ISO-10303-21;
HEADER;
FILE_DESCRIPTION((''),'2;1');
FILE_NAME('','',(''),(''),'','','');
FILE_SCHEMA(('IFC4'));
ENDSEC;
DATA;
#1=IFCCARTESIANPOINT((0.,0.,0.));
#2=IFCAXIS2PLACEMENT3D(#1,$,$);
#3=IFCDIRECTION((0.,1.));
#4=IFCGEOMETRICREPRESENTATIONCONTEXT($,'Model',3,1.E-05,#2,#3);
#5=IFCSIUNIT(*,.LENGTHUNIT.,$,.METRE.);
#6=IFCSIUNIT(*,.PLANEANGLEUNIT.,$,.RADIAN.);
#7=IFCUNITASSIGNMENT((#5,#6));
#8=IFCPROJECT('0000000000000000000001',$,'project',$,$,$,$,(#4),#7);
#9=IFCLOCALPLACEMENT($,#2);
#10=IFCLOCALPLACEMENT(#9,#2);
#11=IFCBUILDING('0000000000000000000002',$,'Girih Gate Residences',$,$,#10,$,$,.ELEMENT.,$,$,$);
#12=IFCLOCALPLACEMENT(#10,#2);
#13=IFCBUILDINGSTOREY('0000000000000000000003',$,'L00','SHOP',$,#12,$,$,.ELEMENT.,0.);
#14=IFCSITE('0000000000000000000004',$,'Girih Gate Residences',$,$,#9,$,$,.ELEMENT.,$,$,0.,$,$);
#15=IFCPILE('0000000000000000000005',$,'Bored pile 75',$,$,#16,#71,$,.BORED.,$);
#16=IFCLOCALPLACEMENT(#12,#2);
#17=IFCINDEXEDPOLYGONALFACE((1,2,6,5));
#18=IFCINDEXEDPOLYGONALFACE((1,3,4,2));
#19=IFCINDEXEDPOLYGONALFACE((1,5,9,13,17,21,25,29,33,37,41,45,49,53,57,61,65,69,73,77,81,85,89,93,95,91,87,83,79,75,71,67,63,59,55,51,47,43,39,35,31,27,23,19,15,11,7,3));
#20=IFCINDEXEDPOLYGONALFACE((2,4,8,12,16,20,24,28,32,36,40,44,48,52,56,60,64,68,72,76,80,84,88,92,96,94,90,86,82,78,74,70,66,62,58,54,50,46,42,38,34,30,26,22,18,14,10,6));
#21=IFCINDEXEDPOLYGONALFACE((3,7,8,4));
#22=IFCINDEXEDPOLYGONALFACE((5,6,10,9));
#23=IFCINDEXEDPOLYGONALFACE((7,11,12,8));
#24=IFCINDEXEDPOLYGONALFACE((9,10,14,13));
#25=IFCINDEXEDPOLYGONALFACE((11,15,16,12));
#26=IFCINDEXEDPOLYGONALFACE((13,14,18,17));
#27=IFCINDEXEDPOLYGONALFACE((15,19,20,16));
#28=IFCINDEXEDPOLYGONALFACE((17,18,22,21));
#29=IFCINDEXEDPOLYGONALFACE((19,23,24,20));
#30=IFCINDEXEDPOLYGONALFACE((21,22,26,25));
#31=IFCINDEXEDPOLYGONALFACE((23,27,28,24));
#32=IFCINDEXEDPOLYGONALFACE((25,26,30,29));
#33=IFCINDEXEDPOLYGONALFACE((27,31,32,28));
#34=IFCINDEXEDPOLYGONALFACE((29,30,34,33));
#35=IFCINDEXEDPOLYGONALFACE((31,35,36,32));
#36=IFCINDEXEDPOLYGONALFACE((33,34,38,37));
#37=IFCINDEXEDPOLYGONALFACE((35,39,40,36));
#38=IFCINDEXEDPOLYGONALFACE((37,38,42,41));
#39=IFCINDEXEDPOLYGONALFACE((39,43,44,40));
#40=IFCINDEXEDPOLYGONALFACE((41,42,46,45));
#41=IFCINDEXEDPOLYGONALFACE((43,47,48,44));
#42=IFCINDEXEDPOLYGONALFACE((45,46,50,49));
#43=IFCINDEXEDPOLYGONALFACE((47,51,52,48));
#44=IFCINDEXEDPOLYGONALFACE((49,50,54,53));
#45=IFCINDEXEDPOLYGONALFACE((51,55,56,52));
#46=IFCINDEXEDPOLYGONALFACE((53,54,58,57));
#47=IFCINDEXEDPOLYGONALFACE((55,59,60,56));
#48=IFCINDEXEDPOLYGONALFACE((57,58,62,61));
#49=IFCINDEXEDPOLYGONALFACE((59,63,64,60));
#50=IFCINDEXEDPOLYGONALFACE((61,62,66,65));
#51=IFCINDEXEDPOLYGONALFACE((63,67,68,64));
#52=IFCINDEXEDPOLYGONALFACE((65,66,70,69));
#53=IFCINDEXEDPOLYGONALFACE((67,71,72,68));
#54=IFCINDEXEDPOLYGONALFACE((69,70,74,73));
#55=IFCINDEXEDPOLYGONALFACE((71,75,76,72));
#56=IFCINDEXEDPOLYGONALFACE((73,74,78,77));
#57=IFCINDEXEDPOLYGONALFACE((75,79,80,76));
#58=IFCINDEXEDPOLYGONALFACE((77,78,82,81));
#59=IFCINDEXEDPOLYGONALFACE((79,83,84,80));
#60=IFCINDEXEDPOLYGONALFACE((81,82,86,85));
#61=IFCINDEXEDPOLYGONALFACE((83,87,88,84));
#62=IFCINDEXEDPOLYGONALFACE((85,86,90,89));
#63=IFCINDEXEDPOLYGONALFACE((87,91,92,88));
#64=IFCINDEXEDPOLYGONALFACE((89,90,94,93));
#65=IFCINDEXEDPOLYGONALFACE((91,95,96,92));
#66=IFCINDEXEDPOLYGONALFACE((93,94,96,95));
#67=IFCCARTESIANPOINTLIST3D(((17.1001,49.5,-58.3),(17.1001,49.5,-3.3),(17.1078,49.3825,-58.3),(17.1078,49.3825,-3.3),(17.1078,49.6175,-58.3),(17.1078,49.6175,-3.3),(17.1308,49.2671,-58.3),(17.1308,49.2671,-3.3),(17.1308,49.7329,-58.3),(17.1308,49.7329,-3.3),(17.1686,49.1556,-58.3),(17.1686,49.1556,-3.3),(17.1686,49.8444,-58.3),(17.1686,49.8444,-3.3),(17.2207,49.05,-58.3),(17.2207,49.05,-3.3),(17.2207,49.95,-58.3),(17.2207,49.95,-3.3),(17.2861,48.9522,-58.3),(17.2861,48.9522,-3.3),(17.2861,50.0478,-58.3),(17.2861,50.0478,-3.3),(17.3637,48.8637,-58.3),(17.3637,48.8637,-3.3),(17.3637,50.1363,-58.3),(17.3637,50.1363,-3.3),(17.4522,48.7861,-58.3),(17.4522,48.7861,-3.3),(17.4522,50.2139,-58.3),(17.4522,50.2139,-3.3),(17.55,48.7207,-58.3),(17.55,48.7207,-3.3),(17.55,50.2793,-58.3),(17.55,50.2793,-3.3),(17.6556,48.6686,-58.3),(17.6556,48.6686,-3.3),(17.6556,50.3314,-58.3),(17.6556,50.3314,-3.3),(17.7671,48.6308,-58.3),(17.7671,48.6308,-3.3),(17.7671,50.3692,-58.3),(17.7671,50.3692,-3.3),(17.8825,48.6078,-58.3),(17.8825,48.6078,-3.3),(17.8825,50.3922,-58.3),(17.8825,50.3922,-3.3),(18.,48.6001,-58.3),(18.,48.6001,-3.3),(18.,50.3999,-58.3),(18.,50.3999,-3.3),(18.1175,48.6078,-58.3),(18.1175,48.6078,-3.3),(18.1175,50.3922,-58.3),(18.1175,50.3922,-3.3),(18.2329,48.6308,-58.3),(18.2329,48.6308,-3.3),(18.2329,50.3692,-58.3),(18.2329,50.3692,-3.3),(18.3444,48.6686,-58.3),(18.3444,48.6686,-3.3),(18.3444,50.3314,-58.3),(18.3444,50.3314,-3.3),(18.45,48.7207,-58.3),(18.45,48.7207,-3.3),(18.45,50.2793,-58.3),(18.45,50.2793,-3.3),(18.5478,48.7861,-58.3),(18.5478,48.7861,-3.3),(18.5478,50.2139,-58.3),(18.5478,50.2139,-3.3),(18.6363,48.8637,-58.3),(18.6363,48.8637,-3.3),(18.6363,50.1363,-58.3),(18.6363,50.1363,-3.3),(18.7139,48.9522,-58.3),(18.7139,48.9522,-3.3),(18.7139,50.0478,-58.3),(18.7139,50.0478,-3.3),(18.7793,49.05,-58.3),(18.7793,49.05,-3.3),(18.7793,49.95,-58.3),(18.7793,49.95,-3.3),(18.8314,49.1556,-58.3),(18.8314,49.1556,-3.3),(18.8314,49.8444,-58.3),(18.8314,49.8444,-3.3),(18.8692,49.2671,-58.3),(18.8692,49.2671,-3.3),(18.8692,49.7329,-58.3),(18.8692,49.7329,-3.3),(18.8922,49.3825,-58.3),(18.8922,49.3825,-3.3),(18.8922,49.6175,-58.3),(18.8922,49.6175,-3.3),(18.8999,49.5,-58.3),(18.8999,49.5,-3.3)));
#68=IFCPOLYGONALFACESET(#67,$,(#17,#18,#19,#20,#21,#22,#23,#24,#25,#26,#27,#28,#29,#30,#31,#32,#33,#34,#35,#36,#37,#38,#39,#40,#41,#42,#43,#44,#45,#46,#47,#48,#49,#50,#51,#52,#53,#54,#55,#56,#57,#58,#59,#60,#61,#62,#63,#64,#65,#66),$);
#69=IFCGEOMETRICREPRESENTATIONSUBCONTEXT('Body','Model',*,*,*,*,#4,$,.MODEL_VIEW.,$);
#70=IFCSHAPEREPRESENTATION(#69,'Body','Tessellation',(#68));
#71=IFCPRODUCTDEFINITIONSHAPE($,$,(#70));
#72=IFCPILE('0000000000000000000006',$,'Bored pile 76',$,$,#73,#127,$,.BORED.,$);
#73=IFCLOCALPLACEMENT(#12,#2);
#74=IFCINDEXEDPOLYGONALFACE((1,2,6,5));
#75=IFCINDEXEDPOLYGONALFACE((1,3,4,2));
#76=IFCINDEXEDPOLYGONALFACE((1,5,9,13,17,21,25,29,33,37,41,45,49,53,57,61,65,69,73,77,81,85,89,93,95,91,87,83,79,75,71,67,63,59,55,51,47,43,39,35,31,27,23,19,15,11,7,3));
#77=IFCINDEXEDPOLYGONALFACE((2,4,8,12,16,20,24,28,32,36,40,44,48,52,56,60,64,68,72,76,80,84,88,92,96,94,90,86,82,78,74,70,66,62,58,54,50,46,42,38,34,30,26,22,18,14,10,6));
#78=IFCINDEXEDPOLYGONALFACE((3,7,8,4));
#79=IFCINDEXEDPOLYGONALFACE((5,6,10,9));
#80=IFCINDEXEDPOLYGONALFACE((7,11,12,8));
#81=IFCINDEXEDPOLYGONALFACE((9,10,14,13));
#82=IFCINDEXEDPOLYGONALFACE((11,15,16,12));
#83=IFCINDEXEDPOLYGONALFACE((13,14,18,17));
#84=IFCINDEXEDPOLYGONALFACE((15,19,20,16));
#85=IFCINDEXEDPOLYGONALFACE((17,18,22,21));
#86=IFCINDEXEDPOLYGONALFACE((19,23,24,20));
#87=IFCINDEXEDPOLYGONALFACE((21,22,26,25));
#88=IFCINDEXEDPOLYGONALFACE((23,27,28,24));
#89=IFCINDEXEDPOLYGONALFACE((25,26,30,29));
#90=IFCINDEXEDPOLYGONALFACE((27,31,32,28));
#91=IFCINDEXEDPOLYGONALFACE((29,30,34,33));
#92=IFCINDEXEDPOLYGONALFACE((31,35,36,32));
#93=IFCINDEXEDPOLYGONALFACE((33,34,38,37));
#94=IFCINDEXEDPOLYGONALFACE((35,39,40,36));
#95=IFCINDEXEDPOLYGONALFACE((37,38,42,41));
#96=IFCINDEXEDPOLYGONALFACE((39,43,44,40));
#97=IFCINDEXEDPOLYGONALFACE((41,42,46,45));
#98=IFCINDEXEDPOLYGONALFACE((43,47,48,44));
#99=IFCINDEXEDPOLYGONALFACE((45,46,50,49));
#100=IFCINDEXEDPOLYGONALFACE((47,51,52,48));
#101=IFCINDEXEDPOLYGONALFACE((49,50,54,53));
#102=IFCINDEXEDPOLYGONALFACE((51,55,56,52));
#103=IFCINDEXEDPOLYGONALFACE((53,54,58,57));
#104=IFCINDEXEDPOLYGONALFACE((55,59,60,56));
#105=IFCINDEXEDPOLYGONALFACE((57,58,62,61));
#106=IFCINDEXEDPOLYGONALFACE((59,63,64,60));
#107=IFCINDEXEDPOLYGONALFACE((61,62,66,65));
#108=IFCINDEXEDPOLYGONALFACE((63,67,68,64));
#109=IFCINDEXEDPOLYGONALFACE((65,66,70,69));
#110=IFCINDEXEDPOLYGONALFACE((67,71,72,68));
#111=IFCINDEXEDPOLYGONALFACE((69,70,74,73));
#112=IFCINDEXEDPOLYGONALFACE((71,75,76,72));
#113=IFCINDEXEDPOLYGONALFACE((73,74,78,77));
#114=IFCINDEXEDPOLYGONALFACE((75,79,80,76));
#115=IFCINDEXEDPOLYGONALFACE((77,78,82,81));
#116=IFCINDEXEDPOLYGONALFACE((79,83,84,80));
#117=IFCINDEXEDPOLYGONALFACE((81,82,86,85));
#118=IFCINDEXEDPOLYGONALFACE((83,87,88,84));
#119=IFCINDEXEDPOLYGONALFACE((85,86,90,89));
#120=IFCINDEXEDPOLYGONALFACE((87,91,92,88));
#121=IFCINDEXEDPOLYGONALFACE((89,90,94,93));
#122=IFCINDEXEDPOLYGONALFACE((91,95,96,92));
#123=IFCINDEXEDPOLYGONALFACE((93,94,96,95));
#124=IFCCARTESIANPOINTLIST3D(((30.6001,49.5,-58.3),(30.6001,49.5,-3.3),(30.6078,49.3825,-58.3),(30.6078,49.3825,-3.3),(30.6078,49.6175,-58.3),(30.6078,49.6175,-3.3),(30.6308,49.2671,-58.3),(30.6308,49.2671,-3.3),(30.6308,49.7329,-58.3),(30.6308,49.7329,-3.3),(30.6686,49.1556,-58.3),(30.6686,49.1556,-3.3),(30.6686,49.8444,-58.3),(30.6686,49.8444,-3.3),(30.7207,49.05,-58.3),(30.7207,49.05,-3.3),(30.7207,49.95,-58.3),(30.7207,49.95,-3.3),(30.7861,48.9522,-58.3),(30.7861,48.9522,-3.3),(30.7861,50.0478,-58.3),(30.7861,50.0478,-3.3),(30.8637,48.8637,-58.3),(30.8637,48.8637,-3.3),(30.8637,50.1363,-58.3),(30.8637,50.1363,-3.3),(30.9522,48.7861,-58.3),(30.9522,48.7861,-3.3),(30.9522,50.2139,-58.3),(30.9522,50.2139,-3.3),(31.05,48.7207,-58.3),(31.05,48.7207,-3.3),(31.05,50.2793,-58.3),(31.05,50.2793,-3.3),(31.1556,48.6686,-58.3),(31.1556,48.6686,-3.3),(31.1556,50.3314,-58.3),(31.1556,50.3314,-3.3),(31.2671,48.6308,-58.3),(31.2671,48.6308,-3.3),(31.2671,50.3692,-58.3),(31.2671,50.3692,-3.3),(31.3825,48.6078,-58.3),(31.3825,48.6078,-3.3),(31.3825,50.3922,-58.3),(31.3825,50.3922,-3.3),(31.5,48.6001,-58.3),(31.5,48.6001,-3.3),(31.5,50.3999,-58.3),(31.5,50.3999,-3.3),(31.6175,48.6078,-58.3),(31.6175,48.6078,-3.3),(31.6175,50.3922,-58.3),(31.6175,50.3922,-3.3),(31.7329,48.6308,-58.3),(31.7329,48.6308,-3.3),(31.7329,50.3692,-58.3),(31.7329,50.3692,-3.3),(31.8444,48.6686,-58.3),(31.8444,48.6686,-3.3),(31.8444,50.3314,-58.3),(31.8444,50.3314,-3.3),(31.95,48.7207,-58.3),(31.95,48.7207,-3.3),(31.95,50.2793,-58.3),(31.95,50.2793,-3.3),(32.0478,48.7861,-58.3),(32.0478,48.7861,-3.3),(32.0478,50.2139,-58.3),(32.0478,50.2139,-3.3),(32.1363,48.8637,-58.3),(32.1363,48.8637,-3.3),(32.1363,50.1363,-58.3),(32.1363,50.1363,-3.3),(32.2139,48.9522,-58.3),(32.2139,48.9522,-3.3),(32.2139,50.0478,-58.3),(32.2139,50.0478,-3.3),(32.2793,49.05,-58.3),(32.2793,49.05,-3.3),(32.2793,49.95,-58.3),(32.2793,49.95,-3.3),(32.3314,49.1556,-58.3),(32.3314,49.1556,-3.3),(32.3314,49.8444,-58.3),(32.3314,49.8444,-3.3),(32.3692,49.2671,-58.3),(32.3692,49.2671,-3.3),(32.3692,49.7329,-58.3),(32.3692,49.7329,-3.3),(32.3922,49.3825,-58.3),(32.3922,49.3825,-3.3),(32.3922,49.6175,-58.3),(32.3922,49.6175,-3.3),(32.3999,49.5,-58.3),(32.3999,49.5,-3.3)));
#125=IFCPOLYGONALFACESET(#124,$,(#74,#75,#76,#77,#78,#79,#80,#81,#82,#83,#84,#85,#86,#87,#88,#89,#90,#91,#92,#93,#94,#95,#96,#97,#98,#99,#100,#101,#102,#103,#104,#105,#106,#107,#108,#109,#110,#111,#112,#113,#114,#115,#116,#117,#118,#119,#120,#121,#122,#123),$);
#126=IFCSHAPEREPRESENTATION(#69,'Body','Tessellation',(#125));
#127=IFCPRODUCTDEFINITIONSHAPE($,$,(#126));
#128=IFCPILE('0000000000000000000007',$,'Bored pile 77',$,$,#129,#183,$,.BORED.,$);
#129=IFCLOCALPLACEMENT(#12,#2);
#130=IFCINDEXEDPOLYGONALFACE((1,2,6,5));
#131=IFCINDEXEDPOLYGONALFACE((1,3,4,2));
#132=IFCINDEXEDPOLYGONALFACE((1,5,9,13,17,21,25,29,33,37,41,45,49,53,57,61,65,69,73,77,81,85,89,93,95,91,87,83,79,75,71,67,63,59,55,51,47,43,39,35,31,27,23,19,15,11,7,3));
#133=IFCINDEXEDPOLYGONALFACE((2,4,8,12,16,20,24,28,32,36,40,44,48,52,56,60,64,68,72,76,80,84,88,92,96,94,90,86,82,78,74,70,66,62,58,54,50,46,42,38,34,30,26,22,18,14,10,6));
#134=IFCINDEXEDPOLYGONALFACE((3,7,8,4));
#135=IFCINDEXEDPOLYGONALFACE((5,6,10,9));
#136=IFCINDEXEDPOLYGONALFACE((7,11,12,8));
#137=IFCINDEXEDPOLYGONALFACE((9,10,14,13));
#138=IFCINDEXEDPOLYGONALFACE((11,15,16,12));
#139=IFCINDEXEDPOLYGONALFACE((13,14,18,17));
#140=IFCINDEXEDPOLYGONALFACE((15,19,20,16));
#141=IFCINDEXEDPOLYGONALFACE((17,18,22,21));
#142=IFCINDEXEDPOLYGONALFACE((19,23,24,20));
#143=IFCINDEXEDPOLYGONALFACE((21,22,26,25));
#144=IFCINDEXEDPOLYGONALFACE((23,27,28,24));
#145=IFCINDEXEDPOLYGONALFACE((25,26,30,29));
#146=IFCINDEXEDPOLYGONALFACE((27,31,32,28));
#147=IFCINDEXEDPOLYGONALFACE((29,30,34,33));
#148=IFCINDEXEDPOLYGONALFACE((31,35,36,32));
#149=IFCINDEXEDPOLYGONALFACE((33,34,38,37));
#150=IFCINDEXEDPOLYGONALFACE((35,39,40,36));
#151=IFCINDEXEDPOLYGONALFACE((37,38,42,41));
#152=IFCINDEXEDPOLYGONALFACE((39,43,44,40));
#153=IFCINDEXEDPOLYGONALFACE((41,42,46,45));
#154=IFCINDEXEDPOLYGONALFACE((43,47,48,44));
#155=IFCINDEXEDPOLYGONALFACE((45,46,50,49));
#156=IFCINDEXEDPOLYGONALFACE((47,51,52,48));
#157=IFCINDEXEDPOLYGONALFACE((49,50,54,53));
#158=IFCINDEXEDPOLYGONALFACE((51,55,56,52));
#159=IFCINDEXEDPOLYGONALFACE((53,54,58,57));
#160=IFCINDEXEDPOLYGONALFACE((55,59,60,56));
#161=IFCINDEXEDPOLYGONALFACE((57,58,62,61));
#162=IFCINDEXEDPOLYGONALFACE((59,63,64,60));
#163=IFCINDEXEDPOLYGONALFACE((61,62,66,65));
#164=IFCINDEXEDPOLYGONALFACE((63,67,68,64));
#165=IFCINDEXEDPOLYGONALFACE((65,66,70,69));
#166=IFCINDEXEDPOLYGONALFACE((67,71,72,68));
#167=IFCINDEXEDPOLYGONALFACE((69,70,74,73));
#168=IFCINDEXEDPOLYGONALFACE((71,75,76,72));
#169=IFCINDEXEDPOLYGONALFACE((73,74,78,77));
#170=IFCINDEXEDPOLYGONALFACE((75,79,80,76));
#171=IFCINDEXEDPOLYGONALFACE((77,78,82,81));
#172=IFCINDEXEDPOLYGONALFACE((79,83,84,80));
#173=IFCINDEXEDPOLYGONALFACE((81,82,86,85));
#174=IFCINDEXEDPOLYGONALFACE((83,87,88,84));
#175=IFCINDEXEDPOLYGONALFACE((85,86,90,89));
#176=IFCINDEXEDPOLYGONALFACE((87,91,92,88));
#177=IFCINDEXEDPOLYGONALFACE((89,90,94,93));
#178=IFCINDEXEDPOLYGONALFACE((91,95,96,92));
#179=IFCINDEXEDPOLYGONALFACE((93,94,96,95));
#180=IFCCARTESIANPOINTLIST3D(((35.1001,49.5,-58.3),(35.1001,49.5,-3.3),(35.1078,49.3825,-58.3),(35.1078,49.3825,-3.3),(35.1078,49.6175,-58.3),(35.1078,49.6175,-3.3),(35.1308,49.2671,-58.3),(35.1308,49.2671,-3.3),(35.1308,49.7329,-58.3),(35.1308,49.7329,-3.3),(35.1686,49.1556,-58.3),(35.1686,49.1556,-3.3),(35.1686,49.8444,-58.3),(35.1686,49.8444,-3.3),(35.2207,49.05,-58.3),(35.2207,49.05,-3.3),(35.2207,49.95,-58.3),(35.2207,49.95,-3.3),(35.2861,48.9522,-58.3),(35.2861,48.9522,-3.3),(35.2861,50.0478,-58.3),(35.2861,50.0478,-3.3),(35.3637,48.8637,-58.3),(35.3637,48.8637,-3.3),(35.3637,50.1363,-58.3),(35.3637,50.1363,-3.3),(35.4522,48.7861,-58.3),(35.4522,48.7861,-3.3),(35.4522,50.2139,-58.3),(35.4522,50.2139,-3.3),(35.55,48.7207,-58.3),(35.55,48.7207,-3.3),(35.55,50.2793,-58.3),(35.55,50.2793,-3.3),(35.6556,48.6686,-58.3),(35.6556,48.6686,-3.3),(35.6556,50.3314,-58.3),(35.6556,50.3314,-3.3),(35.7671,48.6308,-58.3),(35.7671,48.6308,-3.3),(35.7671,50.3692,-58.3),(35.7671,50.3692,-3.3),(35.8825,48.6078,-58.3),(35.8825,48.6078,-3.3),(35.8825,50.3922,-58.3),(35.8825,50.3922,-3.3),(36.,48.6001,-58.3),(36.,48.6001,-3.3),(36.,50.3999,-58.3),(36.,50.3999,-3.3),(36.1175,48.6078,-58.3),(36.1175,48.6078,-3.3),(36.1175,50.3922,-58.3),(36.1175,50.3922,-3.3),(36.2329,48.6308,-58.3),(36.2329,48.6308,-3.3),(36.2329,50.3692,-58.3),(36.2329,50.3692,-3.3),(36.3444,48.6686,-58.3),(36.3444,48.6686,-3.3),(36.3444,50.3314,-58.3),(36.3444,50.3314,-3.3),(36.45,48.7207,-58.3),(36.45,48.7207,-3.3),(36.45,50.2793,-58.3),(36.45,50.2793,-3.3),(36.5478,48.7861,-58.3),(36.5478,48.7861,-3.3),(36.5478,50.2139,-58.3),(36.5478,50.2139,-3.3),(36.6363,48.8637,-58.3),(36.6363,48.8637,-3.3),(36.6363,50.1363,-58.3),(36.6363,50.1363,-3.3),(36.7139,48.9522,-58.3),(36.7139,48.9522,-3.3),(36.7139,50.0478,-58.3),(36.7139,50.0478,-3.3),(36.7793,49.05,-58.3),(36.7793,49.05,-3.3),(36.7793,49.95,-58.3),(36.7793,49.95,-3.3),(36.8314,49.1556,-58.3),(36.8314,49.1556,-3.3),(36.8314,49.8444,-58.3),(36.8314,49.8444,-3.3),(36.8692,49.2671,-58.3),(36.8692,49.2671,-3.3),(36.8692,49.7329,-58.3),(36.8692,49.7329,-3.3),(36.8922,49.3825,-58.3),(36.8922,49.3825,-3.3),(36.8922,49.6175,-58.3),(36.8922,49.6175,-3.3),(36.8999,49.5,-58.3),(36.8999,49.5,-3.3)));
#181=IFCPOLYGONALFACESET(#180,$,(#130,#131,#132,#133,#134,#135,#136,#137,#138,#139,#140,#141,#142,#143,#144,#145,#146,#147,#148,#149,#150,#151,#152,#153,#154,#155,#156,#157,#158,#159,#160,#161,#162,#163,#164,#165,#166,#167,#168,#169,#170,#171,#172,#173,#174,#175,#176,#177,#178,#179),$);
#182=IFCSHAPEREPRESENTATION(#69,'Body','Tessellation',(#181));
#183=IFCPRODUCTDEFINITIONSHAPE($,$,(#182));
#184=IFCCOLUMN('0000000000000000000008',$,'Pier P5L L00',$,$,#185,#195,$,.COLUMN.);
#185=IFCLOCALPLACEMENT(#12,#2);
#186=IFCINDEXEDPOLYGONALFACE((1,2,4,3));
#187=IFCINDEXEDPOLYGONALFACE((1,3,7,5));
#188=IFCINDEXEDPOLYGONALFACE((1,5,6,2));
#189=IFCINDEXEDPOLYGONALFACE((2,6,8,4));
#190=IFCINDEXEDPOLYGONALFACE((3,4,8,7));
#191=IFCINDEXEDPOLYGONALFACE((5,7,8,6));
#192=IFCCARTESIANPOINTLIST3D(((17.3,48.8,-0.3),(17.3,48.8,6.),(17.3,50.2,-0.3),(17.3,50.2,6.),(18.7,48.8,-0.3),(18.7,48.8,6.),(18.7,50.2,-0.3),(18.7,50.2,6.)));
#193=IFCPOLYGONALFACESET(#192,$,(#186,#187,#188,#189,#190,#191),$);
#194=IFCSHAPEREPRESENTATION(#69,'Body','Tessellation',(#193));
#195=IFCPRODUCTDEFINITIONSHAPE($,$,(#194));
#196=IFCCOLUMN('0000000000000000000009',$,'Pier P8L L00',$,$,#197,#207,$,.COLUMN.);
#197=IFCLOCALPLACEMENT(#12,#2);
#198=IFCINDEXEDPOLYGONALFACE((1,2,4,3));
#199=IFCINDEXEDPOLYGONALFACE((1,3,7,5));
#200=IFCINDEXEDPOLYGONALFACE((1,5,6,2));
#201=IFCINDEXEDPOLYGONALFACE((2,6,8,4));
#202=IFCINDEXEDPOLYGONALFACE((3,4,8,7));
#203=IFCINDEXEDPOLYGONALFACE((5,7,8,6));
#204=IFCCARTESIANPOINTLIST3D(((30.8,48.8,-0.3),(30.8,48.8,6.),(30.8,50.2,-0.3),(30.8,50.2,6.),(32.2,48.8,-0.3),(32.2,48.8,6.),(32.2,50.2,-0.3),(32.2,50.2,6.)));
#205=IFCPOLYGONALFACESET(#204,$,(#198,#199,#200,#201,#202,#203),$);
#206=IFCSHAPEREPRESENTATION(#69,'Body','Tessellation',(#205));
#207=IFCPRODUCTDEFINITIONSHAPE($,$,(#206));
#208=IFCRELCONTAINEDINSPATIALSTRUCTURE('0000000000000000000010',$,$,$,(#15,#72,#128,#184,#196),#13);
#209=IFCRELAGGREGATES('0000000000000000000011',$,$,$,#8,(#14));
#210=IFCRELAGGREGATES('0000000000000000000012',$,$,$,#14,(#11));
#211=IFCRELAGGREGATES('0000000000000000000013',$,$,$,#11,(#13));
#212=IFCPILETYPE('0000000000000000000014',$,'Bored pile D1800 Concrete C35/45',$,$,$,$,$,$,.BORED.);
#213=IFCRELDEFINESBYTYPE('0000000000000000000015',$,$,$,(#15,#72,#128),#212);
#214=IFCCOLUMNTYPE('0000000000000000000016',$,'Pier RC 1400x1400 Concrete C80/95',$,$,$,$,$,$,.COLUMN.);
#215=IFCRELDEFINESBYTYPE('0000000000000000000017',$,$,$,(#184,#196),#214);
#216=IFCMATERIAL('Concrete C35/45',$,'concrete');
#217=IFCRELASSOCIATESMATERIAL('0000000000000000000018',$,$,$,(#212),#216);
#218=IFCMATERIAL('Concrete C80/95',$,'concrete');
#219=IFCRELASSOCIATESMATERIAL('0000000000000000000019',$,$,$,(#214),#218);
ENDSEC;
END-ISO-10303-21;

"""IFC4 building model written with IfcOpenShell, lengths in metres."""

from ifc_helpers import new_model, si_unit, direction, frame, origin, origin_2d, place, context, subcontext, project, spatial, rectangle, circle, extrude, material, material_profile, profile_set, type_object, element, save


model = new_model("IFC4")

# Units and contexts
model_context = context("Model", 3, precision=1e-05, world=origin(), true_north=direction((0.0, 1.0)))
body_context = subcontext(model_context, "Body", "Model", "MODEL_VIEW")
ifc_project = project(units=[si_unit("LENGTHUNIT", "METRE"), si_unit("PLANEANGLEUNIT", "RADIAN")], contexts=[model_context])

# Site, building, storey
site_placement = place(None, origin())
site = spatial("IfcSite", under=ifc_project, at=site_placement, Name="Girih Gate Residences", CompositionType="ELEMENT", RefElevation=0.0)
building_placement = place(site_placement, origin())
building = spatial("IfcBuilding", under=site, at=building_placement, Name="Girih Gate Residences", CompositionType="ELEMENT")
storey_placement = place(building_placement, origin())
storey = spatial("IfcBuildingStorey", under=building, at=storey_placement, Name="L00", Description="SHOP", CompositionType="ELEMENT", Elevation=0.0)

# Piles
ifc_material_1 = material(Name="Concrete C35/45", Category="concrete")
ifc_material_profile_1 = material_profile(ifc_material_1, circle(Radius=0.8999, at=origin_2d()))
ifc_profile_set_1 = profile_set([ifc_material_profile_1], Name="Concrete C35/45")
pile_type = type_object("IfcPileType", Name="Bored pile D1800 Concrete C35/45", PredefinedType="BORED", material=ifc_profile_set_1)
for number, where, z_axis, x_axis, name in (
    (1, (18.0, 49.5, -3.3), (0.0, 0.0, -1.0), (1.0, 0.0, 0.0), "Bored pile 75"),
    (2, (31.5, 49.5, -3.3), (0.0, 0.0, -1.0), (1.0, 0.0, 0.0), "Bored pile 76"),
    (3, (36.0, 49.5, -3.3), (0.0, 0.0, -1.0), (1.0, 0.0, 0.0), "Bored pile 77"),
):
    element("IfcPile", number, at=place(storey_placement, frame(where, z_axis=z_axis, x_axis=x_axis)), inside=storey, type_object=pile_type, Name=name, PredefinedType="BORED", context=body_context, shape_type="SweptSolid", body=[
        extrude(circle(Radius=0.8999, at=origin_2d()), origin(), (0.0, 0.0, 1.0), 55.0),
    ])

# Columns
ifc_material_2 = material(Name="Concrete C80/95", Category="concrete")
ifc_material_profile_2 = material_profile(ifc_material_2, rectangle(XDim=1.3999, YDim=1.3999, at=origin_2d()))
ifc_profile_set_2 = profile_set([ifc_material_profile_2], Name="Concrete C80/95")
column_type = type_object("IfcColumnType", Name="Pier RC 1400x1400 Concrete C80/95", PredefinedType="COLUMN", material=ifc_profile_set_2)
for number, where, z_axis, x_axis, name in (
    (4, (18.0, 49.5, -0.3), (0.0, 0.0, 1.0), (1.0, 0.0, 0.0), "Pier P5L L00"),
    (5, (31.5, 49.5, -0.3), (0.0, 0.0, 1.0), (1.0, 0.0, 0.0), "Pier P8L L00"),
):
    element("IfcColumn", number, at=place(storey_placement, frame(where, z_axis=z_axis, x_axis=x_axis)), inside=storey, type_object=column_type, Name=name, PredefinedType="COLUMN", context=body_context, shape_type="SweptSolid", body=[
        extrude(rectangle(XDim=1.3999, YDim=1.3999, at=origin_2d()), origin(), (0.0, 0.0, 1.0), 6.3),
    ])

save(model, "model.ifc")
